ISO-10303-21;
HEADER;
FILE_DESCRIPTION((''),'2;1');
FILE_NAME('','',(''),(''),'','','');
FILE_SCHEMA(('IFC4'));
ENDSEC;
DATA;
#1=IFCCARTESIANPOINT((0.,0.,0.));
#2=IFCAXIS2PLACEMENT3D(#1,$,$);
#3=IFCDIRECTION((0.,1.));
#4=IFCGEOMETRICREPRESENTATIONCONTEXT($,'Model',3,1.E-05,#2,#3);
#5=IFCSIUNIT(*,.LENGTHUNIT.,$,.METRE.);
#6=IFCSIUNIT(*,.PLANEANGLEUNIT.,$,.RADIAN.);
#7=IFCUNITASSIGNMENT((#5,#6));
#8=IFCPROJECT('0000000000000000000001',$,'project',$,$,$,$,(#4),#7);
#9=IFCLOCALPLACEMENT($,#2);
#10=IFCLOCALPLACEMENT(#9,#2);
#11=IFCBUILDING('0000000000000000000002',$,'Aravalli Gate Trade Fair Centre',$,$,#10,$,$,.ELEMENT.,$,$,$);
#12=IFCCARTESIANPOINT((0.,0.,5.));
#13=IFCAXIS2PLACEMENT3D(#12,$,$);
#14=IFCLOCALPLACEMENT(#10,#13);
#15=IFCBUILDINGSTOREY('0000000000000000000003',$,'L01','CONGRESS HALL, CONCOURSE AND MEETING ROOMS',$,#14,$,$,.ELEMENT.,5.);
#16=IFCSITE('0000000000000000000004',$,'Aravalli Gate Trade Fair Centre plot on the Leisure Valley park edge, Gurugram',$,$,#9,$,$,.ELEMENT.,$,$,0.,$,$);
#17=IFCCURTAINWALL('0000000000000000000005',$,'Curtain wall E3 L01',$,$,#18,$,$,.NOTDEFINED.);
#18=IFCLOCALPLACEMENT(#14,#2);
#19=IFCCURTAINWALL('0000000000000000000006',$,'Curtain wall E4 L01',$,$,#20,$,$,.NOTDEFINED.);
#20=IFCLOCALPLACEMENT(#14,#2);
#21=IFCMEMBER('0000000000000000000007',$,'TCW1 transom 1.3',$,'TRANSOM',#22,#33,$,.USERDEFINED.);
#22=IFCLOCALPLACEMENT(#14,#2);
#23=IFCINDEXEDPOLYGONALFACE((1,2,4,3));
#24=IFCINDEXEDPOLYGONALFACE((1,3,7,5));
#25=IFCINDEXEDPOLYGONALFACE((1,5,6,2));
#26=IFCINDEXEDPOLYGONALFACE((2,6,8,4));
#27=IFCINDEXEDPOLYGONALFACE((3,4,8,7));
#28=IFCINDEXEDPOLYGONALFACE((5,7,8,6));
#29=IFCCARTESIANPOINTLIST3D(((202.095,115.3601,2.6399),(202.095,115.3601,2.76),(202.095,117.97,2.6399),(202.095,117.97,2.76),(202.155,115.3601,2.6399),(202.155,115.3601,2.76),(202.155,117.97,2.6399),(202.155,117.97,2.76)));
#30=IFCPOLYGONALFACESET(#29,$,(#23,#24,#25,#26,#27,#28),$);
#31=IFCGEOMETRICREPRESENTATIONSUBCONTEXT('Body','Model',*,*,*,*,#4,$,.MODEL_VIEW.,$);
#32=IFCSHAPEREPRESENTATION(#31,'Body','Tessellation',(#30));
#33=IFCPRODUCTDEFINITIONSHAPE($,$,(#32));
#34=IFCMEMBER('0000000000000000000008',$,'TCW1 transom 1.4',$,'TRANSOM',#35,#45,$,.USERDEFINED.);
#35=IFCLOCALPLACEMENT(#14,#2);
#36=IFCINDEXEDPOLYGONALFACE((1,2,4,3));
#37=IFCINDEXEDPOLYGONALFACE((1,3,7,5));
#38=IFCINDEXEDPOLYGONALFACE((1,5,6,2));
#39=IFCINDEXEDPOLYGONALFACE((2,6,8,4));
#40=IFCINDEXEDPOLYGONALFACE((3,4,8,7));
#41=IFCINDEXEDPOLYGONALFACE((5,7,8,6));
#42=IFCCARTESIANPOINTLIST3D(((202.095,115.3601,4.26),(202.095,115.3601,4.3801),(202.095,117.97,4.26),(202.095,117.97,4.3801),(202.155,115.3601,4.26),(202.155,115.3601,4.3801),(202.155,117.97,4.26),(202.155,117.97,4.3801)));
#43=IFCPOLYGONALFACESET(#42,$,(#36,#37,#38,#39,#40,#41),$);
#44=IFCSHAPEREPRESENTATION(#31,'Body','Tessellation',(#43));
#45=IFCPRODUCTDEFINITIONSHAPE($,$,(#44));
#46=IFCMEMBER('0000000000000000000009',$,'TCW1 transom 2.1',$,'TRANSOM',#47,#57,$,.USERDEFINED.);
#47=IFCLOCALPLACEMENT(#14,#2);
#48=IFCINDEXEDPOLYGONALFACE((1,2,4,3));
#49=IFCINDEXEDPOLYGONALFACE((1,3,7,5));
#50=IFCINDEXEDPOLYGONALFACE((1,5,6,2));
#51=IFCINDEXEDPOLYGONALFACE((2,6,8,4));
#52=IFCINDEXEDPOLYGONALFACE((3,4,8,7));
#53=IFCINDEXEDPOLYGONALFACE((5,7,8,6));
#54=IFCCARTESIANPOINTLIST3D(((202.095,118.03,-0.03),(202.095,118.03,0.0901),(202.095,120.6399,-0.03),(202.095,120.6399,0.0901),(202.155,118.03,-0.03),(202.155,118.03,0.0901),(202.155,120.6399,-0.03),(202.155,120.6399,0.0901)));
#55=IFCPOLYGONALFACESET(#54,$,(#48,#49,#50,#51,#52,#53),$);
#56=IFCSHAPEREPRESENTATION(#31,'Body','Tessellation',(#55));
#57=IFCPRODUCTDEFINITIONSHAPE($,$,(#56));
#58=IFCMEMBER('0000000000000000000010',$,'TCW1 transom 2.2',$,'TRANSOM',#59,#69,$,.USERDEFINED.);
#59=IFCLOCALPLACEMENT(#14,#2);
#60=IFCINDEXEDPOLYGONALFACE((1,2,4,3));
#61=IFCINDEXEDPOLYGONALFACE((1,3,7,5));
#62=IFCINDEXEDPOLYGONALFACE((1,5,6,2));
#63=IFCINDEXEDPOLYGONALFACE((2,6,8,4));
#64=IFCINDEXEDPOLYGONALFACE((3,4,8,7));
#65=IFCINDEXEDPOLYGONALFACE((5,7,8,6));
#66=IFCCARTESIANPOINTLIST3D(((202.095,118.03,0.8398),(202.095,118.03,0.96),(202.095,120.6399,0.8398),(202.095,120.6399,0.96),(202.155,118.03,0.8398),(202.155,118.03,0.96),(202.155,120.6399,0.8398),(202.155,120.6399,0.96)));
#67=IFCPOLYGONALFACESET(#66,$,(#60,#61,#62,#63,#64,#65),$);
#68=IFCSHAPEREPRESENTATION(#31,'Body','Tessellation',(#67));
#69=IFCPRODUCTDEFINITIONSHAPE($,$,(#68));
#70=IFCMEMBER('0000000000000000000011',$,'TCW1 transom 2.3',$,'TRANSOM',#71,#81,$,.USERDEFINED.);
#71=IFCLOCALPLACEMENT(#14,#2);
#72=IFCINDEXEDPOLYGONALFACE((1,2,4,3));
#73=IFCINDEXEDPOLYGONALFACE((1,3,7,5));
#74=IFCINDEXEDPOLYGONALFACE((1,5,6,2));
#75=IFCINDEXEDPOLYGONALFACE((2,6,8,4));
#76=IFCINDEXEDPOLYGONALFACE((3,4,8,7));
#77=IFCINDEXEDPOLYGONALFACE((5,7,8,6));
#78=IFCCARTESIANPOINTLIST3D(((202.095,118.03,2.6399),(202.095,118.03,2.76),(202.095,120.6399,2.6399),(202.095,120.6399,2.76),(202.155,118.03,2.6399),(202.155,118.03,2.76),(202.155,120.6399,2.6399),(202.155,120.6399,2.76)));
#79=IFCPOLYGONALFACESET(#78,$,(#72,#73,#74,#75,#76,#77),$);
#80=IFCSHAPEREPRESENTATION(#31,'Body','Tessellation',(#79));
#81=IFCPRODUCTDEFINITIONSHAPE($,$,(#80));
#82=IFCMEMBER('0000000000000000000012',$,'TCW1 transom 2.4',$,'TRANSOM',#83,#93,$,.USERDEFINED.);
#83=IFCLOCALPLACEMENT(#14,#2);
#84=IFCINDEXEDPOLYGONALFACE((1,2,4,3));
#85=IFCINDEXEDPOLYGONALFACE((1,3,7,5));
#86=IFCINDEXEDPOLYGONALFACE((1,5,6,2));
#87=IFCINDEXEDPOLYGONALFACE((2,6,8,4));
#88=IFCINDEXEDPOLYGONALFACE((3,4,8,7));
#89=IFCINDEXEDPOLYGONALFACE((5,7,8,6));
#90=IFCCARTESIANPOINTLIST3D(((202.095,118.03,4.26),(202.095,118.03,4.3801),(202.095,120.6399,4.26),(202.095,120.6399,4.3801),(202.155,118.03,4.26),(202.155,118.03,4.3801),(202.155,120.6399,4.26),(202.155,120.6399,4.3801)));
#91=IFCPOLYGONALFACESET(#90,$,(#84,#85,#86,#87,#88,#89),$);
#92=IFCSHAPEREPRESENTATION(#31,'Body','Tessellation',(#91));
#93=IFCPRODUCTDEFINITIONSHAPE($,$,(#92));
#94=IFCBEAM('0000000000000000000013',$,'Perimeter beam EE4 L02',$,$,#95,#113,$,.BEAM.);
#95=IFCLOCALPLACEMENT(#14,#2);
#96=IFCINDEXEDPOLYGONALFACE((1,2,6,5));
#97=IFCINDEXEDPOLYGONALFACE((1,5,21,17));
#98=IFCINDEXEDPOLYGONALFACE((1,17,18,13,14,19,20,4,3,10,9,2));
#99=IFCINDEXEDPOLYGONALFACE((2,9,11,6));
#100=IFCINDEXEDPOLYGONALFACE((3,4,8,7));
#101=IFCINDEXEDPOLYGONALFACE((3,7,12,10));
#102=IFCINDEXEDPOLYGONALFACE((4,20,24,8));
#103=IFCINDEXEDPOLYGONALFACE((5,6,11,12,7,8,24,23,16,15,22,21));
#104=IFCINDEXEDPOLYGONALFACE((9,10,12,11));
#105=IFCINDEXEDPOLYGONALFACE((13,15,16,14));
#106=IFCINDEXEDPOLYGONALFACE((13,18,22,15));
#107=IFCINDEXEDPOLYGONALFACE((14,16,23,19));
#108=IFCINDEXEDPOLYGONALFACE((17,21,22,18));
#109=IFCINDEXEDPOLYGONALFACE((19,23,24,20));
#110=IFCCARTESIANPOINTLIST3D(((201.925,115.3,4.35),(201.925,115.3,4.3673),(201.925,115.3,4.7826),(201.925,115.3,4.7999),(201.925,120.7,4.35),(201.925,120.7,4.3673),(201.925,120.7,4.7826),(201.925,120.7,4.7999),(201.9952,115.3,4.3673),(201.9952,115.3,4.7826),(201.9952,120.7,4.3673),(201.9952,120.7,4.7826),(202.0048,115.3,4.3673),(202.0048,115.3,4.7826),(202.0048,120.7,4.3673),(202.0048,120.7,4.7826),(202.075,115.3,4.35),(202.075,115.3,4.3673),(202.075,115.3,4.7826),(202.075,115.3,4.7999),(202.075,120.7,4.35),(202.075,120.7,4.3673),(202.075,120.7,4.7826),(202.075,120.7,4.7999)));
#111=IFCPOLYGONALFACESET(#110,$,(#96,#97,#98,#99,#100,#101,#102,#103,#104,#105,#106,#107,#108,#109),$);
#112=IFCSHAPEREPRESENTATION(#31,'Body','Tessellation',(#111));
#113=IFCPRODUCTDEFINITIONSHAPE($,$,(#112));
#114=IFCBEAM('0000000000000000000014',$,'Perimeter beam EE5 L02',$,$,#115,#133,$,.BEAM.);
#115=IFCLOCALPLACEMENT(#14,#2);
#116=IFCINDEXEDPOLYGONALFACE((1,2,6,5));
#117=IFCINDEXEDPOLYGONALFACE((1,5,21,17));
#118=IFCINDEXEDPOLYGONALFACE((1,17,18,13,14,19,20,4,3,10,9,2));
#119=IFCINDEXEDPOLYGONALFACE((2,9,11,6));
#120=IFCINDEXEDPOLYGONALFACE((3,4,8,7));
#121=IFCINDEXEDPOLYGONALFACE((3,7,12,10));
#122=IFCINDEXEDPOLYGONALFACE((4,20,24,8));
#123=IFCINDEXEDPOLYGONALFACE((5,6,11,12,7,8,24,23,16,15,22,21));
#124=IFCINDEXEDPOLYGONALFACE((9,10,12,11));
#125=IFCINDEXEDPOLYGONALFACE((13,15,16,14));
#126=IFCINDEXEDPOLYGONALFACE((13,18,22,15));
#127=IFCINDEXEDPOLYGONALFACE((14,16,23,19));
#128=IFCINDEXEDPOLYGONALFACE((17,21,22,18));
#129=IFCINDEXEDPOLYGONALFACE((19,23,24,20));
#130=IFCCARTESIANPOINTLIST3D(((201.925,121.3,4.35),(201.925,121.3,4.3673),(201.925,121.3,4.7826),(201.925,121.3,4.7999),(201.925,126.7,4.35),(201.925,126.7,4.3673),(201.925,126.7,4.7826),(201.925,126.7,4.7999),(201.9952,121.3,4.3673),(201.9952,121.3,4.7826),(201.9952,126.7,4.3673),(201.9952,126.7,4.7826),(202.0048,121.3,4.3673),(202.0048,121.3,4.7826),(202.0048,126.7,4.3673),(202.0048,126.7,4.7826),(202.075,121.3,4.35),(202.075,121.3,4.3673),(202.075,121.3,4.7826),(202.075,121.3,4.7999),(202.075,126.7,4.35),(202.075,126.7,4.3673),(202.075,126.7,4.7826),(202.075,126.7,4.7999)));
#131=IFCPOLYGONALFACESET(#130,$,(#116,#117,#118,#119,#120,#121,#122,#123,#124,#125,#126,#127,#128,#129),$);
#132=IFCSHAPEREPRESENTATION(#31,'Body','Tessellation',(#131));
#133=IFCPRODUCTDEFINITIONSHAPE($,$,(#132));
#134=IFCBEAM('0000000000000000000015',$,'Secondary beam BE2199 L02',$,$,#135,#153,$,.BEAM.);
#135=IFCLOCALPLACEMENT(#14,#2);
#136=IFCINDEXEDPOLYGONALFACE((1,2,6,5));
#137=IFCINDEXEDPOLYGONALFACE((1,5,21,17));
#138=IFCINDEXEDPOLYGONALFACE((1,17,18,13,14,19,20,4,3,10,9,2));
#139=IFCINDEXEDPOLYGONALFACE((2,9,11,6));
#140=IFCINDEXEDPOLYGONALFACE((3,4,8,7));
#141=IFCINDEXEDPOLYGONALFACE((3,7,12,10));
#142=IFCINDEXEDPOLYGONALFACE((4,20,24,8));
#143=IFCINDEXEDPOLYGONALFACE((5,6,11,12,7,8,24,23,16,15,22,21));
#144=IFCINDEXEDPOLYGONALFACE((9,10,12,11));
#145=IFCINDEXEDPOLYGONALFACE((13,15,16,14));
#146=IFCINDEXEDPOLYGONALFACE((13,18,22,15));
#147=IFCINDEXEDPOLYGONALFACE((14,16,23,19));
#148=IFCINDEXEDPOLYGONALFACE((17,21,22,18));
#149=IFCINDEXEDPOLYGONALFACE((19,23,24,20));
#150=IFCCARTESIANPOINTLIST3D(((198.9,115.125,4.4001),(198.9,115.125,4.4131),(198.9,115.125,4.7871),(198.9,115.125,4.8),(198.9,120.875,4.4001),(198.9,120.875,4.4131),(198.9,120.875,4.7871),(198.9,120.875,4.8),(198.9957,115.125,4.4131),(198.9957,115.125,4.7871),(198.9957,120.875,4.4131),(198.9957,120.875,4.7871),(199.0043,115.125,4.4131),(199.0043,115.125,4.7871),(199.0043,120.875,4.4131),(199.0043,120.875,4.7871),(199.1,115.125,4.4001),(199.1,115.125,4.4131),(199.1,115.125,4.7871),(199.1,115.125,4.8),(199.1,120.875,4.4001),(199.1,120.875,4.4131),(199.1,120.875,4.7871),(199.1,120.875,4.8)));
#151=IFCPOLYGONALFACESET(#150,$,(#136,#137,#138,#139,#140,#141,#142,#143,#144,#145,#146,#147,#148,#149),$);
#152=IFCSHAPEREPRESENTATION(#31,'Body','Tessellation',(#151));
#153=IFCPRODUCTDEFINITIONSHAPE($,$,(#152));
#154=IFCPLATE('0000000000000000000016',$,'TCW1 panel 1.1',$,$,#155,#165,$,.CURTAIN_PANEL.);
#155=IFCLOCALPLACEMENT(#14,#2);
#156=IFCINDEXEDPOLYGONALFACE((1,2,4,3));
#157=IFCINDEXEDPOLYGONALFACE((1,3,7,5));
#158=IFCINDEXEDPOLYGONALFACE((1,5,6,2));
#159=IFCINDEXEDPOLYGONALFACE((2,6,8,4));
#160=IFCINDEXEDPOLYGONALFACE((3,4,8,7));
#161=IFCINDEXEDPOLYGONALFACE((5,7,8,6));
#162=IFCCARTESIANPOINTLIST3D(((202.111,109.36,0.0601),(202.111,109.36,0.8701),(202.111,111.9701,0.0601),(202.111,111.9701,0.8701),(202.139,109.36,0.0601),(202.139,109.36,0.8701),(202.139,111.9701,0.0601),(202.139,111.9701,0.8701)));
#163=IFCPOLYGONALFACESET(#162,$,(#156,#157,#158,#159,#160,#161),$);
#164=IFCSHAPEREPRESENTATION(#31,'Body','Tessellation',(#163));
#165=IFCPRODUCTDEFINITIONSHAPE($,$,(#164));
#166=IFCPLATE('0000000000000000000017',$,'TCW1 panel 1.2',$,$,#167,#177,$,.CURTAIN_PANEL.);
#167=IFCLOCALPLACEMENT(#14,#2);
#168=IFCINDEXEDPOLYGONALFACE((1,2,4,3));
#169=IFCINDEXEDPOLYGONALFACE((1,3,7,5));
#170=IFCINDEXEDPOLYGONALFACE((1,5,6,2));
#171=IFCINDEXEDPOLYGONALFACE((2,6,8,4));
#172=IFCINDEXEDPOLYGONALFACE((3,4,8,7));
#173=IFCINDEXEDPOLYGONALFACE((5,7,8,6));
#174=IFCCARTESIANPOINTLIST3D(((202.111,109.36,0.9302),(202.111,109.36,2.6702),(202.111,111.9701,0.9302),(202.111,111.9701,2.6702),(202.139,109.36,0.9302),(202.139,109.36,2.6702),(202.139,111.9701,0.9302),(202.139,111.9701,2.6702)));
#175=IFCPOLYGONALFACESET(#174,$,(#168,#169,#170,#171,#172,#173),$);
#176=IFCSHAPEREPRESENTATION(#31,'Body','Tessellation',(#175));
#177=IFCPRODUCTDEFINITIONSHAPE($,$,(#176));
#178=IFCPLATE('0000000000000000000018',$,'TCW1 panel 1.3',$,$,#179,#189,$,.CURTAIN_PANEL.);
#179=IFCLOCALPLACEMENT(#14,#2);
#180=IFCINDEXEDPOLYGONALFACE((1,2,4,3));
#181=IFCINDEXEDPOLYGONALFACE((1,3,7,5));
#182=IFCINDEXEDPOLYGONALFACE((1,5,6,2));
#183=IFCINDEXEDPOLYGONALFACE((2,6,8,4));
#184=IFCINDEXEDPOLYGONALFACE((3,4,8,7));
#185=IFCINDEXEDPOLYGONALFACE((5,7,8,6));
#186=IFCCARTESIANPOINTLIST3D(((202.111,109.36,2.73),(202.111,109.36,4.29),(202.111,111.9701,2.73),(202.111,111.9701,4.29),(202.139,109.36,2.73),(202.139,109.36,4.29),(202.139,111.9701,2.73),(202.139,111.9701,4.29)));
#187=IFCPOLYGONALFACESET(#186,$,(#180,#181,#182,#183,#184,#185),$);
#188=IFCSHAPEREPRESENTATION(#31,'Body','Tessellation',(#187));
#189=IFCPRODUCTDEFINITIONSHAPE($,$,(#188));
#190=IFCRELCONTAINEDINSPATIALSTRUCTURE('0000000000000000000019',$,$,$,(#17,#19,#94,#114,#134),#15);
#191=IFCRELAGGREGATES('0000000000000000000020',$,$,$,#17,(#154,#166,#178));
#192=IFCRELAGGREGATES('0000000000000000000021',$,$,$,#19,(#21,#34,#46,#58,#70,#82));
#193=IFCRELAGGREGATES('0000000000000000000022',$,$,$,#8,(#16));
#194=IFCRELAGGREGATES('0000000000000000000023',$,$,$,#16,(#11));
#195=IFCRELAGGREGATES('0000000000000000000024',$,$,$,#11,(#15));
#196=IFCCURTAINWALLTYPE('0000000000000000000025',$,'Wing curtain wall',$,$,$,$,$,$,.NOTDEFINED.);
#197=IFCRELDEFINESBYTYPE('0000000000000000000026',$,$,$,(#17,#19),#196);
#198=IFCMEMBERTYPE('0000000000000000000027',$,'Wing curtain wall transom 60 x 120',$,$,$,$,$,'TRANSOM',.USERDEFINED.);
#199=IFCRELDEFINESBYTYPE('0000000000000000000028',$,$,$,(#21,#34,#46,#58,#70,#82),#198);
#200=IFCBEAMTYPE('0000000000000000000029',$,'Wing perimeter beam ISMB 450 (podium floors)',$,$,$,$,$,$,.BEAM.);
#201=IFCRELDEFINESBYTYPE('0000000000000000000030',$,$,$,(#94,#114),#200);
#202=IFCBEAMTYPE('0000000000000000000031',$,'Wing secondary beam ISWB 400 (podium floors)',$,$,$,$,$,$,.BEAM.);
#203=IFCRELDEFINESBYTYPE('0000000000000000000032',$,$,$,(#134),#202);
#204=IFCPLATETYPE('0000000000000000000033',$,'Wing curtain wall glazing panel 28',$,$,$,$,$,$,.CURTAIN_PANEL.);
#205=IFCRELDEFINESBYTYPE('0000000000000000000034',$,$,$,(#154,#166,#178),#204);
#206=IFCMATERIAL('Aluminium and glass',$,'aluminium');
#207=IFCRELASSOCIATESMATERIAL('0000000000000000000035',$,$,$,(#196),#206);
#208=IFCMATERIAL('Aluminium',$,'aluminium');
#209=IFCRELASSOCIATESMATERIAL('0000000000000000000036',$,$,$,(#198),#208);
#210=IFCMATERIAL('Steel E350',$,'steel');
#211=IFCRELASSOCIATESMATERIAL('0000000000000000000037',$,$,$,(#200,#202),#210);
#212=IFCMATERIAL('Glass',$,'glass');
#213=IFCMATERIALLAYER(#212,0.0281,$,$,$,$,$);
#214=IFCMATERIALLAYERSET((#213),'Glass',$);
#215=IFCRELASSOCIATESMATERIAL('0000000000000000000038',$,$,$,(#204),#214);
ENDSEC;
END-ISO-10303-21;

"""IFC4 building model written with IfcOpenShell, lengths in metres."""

from ifc_helpers import new_model, si_unit, direction, frame, origin, origin_2d, place, context, subcontext, project, spatial, rectangle, i_section, extrude, material, layer, layer_set, material_profile, profile_set, type_object, element, aggregate, save


model = new_model("IFC4")

# Units and contexts
model_context = context("Model", 3, precision=1e-05, world=origin(), true_north=direction((0.0, 1.0)))
body_context = subcontext(model_context, "Body", "Model", "MODEL_VIEW")
ifc_project = project(units=[si_unit("LENGTHUNIT", "METRE"), si_unit("PLANEANGLEUNIT", "RADIAN")], contexts=[model_context])

# Site, building, storey
site_placement = place(None, origin())
site = spatial("IfcSite", under=ifc_project, at=site_placement, Name="Aravalli Gate Trade Fair Centre plot on the Leisure Valley park edge, Gurugram", CompositionType="ELEMENT", RefElevation=0.0)
building_placement = place(site_placement, origin())
building = spatial("IfcBuilding", under=site, at=building_placement, Name="Aravalli Gate Trade Fair Centre", CompositionType="ELEMENT")
storey_placement = place(building_placement, frame((0.0, 0.0, 5.0)))
storey = spatial("IfcBuildingStorey", under=building, at=storey_placement, Name="L01", Description="CONGRESS HALL, CONCOURSE AND MEETING ROOMS", CompositionType="ELEMENT", Elevation=5.0)

# Shared definitions
ifc_material_1 = material(Name="Steel E350", Category="steel")

# Curtain walls
ifc_material_2 = material(Name="Aluminium and glass", Category="aluminium")
curtain_wall_type = type_object("IfcCurtainWallType", Name="Wing curtain wall", PredefinedType="NOTDEFINED", material=ifc_material_2)
curtain_wall_1_placement = place(storey_placement, origin())
curtain_wall_1 = element("IfcCurtainWall", 1, at=curtain_wall_1_placement, inside=storey, type_object=curtain_wall_type, Name="Curtain wall E3 L01", PredefinedType="NOTDEFINED")
ifc_material_3 = material(Name="Aluminium", Category="aluminium")
curtain_wall_2_placement = place(storey_placement, origin())
curtain_wall_2 = element("IfcCurtainWall", 2, at=curtain_wall_2_placement, inside=storey, type_object=curtain_wall_type, Name="Curtain wall E4 L01", PredefinedType="NOTDEFINED")

# Members
ifc_material_profile_1 = material_profile(ifc_material_3, rectangle(XDim=0.0601, YDim=0.1201, at=origin_2d()), Name="Wing curtain wall transom 60 x 120")
ifc_profile_set_1 = profile_set([ifc_material_profile_1], Name="Aluminium")
member_type_1 = type_object("IfcMemberType", Name="Wing curtain wall transom 60 x 120", ElementType="TRANSOM", PredefinedType="USERDEFINED", material=ifc_profile_set_1)
member_1_placement = place(storey_placement, frame((202.125, 115.3601, 2.7), z_axis=(0.0, 1.0, 0.0), x_axis=(-1.0, 0.0, 0.0)))
member_1 = element("IfcMember", 3, at=member_1_placement, type_object=member_type_1, Name="TCW1 transom 1.3", ObjectType="TRANSOM", PredefinedType="USERDEFINED", context=body_context, shape_type="SweptSolid", body=[
    extrude(rectangle(XDim=0.0601, YDim=0.1201, at=origin_2d()), origin(), (0.0, 0.0, 1.0), 2.6099),
])
member_2_placement = place(storey_placement, frame((202.125, 115.3601, 4.3201), z_axis=(0.0, 1.0, 0.0), x_axis=(-1.0, 0.0, 0.0)))
member_2 = element("IfcMember", 4, at=member_2_placement, type_object=member_type_1, Name="TCW1 transom 1.4", ObjectType="TRANSOM", PredefinedType="USERDEFINED", context=body_context, shape_type="SweptSolid", body=[
    extrude(rectangle(XDim=0.0601, YDim=0.1201, at=origin_2d()), origin(), (0.0, 0.0, 1.0), 2.6099),
])
member_3_placement = place(storey_placement, frame((202.125, 118.03, 0.03), z_axis=(0.0, 1.0, 0.0), x_axis=(-1.0, 0.0, 0.0)))
member_3 = element("IfcMember", 5, at=member_3_placement, type_object=member_type_1, Name="TCW1 transom 2.1", ObjectType="TRANSOM", PredefinedType="USERDEFINED", context=body_context, shape_type="SweptSolid", body=[
    extrude(rectangle(XDim=0.0601, YDim=0.1201, at=origin_2d()), origin(), (0.0, 0.0, 1.0), 2.6099),
])
member_4_placement = place(storey_placement, frame((202.125, 118.03, 0.8999), z_axis=(0.0, 1.0, 0.0), x_axis=(-1.0, 0.0, 0.0)))
member_4 = element("IfcMember", 6, at=member_4_placement, type_object=member_type_1, Name="TCW1 transom 2.2", ObjectType="TRANSOM", PredefinedType="USERDEFINED", context=body_context, shape_type="SweptSolid", body=[
    extrude(rectangle(XDim=0.0601, YDim=0.1201, at=origin_2d()), origin(), (0.0, 0.0, 1.0), 2.6099),
])
member_5_placement = place(storey_placement, frame((202.125, 118.03, 2.7), z_axis=(0.0, 1.0, 0.0), x_axis=(-1.0, 0.0, 0.0)))
member_5 = element("IfcMember", 7, at=member_5_placement, type_object=member_type_1, Name="TCW1 transom 2.3", ObjectType="TRANSOM", PredefinedType="USERDEFINED", context=body_context, shape_type="SweptSolid", body=[
    extrude(rectangle(XDim=0.0601, YDim=0.1201, at=origin_2d()), origin(), (0.0, 0.0, 1.0), 2.6099),
])
member_6_placement = place(storey_placement, frame((202.125, 118.03, 4.3201), z_axis=(0.0, 1.0, 0.0), x_axis=(-1.0, 0.0, 0.0)))
member_6 = element("IfcMember", 8, at=member_6_placement, type_object=member_type_1, Name="TCW1 transom 2.4", ObjectType="TRANSOM", PredefinedType="USERDEFINED", context=body_context, shape_type="SweptSolid", body=[
    extrude(rectangle(XDim=0.0601, YDim=0.1201, at=origin_2d()), origin(), (0.0, 0.0, 1.0), 2.6099),
])

# Beams
ifc_material_profile_2 = material_profile(ifc_material_1, i_section(OverallWidth=0.1499, OverallDepth=0.45, WebThickness=0.0095, FlangeThickness=0.0173, at=origin_2d()), Name="ISMB 450")
ifc_profile_set_2 = profile_set([ifc_material_profile_2], Name="Steel E350")
beam_type_1 = type_object("IfcBeamType", Name="Wing perimeter beam ISMB 450 (podium floors)", PredefinedType="BEAM", material=ifc_profile_set_2)
for number, where, z_axis, x_axis, name in (
    (9, (202.0, 115.3, 4.575), (0.0, 1.0, 0.0), (-1.0, 0.0, 0.0), "Perimeter beam EE4 L02"),
    (10, (202.0, 121.3, 4.575), (0.0, 1.0, 0.0), (-1.0, 0.0, 0.0), "Perimeter beam EE5 L02"),
):
    element("IfcBeam", number, at=place(storey_placement, frame(where, z_axis=z_axis, x_axis=x_axis)), inside=storey, type_object=beam_type_1, Name=name, PredefinedType="BEAM", context=body_context, shape_type="SweptSolid", body=[
        extrude(i_section(OverallWidth=0.1499, OverallDepth=0.45, WebThickness=0.0095, FlangeThickness=0.0173, at=origin_2d()), origin(), (0.0, 0.0, 1.0), 5.3999),
    ])
ifc_material_profile_3 = material_profile(ifc_material_1, i_section(OverallWidth=0.2, OverallDepth=0.3999, WebThickness=0.0085, FlangeThickness=0.0129, at=origin_2d()), Name="ISWB 400")
ifc_profile_set_3 = profile_set([ifc_material_profile_3], Name="Steel E350")
beam_type_2 = type_object("IfcBeamType", Name="Wing secondary beam ISWB 400 (podium floors)", PredefinedType="BEAM", material=ifc_profile_set_3)
beam_placement = place(storey_placement, frame((199.0, 115.125, 4.6001), z_axis=(0.0, 1.0, 0.0), x_axis=(-1.0, 0.0, 0.0)))
element("IfcBeam", 11, at=beam_placement, inside=storey, type_object=beam_type_2, Name="Secondary beam BE2199 L02", PredefinedType="BEAM", context=body_context, shape_type="SweptSolid", body=[
    extrude(i_section(OverallWidth=0.2, OverallDepth=0.3999, WebThickness=0.0085, FlangeThickness=0.0129, at=origin_2d()), origin(), (0.0, 0.0, 1.0), 5.75),
])

# Plates
ifc_material_4 = material(Name="Glass", Category="glass")
ifc_layer = layer(ifc_material_4, 0.0281)
ifc_layer_set = layer_set([ifc_layer], Name="Glass")
plate_type = type_object("IfcPlateType", Name="Wing curtain wall glazing panel 28", PredefinedType="CURTAIN_PANEL", material=ifc_layer_set)
plate_1_placement = place(storey_placement, frame((202.125, 110.665, 0.0601), z_axis=(0.0, 0.0, 1.0), x_axis=(0.0, 1.0, 0.0)))
plate_1 = element("IfcPlate", 12, at=plate_1_placement, type_object=plate_type, Name="TCW1 panel 1.1", PredefinedType="CURTAIN_PANEL", context=body_context, shape_type="SweptSolid", body=[
    extrude(rectangle(XDim=2.6101, YDim=0.0281, at=origin_2d()), origin(), (0.0, 0.0, 1.0), 0.8101),
])
plate_2_placement = place(storey_placement, frame((202.125, 110.665, 0.9302), z_axis=(0.0, 0.0, 1.0), x_axis=(0.0, 1.0, 0.0)))
plate_2 = element("IfcPlate", 13, at=plate_2_placement, type_object=plate_type, Name="TCW1 panel 1.2", PredefinedType="CURTAIN_PANEL", context=body_context, shape_type="SweptSolid", body=[
    extrude(rectangle(XDim=2.6101, YDim=0.0281, at=origin_2d()), origin(), (0.0, 0.0, 1.0), 1.74),
])
plate_3_placement = place(storey_placement, frame((202.125, 110.665, 2.73), z_axis=(0.0, 0.0, 1.0), x_axis=(0.0, 1.0, 0.0)))
plate_3 = element("IfcPlate", 14, at=plate_3_placement, type_object=plate_type, Name="TCW1 panel 1.3", PredefinedType="CURTAIN_PANEL", context=body_context, shape_type="SweptSolid", body=[
    extrude(rectangle(XDim=2.6101, YDim=0.0281, at=origin_2d()), origin(), (0.0, 0.0, 1.0), 1.5601),
])
aggregate(curtain_wall_1, [plate_1, plate_2, plate_3])
aggregate(curtain_wall_2, [member_1, member_2, member_3, member_4, member_5, member_6])

save(model, "model.ifc")
